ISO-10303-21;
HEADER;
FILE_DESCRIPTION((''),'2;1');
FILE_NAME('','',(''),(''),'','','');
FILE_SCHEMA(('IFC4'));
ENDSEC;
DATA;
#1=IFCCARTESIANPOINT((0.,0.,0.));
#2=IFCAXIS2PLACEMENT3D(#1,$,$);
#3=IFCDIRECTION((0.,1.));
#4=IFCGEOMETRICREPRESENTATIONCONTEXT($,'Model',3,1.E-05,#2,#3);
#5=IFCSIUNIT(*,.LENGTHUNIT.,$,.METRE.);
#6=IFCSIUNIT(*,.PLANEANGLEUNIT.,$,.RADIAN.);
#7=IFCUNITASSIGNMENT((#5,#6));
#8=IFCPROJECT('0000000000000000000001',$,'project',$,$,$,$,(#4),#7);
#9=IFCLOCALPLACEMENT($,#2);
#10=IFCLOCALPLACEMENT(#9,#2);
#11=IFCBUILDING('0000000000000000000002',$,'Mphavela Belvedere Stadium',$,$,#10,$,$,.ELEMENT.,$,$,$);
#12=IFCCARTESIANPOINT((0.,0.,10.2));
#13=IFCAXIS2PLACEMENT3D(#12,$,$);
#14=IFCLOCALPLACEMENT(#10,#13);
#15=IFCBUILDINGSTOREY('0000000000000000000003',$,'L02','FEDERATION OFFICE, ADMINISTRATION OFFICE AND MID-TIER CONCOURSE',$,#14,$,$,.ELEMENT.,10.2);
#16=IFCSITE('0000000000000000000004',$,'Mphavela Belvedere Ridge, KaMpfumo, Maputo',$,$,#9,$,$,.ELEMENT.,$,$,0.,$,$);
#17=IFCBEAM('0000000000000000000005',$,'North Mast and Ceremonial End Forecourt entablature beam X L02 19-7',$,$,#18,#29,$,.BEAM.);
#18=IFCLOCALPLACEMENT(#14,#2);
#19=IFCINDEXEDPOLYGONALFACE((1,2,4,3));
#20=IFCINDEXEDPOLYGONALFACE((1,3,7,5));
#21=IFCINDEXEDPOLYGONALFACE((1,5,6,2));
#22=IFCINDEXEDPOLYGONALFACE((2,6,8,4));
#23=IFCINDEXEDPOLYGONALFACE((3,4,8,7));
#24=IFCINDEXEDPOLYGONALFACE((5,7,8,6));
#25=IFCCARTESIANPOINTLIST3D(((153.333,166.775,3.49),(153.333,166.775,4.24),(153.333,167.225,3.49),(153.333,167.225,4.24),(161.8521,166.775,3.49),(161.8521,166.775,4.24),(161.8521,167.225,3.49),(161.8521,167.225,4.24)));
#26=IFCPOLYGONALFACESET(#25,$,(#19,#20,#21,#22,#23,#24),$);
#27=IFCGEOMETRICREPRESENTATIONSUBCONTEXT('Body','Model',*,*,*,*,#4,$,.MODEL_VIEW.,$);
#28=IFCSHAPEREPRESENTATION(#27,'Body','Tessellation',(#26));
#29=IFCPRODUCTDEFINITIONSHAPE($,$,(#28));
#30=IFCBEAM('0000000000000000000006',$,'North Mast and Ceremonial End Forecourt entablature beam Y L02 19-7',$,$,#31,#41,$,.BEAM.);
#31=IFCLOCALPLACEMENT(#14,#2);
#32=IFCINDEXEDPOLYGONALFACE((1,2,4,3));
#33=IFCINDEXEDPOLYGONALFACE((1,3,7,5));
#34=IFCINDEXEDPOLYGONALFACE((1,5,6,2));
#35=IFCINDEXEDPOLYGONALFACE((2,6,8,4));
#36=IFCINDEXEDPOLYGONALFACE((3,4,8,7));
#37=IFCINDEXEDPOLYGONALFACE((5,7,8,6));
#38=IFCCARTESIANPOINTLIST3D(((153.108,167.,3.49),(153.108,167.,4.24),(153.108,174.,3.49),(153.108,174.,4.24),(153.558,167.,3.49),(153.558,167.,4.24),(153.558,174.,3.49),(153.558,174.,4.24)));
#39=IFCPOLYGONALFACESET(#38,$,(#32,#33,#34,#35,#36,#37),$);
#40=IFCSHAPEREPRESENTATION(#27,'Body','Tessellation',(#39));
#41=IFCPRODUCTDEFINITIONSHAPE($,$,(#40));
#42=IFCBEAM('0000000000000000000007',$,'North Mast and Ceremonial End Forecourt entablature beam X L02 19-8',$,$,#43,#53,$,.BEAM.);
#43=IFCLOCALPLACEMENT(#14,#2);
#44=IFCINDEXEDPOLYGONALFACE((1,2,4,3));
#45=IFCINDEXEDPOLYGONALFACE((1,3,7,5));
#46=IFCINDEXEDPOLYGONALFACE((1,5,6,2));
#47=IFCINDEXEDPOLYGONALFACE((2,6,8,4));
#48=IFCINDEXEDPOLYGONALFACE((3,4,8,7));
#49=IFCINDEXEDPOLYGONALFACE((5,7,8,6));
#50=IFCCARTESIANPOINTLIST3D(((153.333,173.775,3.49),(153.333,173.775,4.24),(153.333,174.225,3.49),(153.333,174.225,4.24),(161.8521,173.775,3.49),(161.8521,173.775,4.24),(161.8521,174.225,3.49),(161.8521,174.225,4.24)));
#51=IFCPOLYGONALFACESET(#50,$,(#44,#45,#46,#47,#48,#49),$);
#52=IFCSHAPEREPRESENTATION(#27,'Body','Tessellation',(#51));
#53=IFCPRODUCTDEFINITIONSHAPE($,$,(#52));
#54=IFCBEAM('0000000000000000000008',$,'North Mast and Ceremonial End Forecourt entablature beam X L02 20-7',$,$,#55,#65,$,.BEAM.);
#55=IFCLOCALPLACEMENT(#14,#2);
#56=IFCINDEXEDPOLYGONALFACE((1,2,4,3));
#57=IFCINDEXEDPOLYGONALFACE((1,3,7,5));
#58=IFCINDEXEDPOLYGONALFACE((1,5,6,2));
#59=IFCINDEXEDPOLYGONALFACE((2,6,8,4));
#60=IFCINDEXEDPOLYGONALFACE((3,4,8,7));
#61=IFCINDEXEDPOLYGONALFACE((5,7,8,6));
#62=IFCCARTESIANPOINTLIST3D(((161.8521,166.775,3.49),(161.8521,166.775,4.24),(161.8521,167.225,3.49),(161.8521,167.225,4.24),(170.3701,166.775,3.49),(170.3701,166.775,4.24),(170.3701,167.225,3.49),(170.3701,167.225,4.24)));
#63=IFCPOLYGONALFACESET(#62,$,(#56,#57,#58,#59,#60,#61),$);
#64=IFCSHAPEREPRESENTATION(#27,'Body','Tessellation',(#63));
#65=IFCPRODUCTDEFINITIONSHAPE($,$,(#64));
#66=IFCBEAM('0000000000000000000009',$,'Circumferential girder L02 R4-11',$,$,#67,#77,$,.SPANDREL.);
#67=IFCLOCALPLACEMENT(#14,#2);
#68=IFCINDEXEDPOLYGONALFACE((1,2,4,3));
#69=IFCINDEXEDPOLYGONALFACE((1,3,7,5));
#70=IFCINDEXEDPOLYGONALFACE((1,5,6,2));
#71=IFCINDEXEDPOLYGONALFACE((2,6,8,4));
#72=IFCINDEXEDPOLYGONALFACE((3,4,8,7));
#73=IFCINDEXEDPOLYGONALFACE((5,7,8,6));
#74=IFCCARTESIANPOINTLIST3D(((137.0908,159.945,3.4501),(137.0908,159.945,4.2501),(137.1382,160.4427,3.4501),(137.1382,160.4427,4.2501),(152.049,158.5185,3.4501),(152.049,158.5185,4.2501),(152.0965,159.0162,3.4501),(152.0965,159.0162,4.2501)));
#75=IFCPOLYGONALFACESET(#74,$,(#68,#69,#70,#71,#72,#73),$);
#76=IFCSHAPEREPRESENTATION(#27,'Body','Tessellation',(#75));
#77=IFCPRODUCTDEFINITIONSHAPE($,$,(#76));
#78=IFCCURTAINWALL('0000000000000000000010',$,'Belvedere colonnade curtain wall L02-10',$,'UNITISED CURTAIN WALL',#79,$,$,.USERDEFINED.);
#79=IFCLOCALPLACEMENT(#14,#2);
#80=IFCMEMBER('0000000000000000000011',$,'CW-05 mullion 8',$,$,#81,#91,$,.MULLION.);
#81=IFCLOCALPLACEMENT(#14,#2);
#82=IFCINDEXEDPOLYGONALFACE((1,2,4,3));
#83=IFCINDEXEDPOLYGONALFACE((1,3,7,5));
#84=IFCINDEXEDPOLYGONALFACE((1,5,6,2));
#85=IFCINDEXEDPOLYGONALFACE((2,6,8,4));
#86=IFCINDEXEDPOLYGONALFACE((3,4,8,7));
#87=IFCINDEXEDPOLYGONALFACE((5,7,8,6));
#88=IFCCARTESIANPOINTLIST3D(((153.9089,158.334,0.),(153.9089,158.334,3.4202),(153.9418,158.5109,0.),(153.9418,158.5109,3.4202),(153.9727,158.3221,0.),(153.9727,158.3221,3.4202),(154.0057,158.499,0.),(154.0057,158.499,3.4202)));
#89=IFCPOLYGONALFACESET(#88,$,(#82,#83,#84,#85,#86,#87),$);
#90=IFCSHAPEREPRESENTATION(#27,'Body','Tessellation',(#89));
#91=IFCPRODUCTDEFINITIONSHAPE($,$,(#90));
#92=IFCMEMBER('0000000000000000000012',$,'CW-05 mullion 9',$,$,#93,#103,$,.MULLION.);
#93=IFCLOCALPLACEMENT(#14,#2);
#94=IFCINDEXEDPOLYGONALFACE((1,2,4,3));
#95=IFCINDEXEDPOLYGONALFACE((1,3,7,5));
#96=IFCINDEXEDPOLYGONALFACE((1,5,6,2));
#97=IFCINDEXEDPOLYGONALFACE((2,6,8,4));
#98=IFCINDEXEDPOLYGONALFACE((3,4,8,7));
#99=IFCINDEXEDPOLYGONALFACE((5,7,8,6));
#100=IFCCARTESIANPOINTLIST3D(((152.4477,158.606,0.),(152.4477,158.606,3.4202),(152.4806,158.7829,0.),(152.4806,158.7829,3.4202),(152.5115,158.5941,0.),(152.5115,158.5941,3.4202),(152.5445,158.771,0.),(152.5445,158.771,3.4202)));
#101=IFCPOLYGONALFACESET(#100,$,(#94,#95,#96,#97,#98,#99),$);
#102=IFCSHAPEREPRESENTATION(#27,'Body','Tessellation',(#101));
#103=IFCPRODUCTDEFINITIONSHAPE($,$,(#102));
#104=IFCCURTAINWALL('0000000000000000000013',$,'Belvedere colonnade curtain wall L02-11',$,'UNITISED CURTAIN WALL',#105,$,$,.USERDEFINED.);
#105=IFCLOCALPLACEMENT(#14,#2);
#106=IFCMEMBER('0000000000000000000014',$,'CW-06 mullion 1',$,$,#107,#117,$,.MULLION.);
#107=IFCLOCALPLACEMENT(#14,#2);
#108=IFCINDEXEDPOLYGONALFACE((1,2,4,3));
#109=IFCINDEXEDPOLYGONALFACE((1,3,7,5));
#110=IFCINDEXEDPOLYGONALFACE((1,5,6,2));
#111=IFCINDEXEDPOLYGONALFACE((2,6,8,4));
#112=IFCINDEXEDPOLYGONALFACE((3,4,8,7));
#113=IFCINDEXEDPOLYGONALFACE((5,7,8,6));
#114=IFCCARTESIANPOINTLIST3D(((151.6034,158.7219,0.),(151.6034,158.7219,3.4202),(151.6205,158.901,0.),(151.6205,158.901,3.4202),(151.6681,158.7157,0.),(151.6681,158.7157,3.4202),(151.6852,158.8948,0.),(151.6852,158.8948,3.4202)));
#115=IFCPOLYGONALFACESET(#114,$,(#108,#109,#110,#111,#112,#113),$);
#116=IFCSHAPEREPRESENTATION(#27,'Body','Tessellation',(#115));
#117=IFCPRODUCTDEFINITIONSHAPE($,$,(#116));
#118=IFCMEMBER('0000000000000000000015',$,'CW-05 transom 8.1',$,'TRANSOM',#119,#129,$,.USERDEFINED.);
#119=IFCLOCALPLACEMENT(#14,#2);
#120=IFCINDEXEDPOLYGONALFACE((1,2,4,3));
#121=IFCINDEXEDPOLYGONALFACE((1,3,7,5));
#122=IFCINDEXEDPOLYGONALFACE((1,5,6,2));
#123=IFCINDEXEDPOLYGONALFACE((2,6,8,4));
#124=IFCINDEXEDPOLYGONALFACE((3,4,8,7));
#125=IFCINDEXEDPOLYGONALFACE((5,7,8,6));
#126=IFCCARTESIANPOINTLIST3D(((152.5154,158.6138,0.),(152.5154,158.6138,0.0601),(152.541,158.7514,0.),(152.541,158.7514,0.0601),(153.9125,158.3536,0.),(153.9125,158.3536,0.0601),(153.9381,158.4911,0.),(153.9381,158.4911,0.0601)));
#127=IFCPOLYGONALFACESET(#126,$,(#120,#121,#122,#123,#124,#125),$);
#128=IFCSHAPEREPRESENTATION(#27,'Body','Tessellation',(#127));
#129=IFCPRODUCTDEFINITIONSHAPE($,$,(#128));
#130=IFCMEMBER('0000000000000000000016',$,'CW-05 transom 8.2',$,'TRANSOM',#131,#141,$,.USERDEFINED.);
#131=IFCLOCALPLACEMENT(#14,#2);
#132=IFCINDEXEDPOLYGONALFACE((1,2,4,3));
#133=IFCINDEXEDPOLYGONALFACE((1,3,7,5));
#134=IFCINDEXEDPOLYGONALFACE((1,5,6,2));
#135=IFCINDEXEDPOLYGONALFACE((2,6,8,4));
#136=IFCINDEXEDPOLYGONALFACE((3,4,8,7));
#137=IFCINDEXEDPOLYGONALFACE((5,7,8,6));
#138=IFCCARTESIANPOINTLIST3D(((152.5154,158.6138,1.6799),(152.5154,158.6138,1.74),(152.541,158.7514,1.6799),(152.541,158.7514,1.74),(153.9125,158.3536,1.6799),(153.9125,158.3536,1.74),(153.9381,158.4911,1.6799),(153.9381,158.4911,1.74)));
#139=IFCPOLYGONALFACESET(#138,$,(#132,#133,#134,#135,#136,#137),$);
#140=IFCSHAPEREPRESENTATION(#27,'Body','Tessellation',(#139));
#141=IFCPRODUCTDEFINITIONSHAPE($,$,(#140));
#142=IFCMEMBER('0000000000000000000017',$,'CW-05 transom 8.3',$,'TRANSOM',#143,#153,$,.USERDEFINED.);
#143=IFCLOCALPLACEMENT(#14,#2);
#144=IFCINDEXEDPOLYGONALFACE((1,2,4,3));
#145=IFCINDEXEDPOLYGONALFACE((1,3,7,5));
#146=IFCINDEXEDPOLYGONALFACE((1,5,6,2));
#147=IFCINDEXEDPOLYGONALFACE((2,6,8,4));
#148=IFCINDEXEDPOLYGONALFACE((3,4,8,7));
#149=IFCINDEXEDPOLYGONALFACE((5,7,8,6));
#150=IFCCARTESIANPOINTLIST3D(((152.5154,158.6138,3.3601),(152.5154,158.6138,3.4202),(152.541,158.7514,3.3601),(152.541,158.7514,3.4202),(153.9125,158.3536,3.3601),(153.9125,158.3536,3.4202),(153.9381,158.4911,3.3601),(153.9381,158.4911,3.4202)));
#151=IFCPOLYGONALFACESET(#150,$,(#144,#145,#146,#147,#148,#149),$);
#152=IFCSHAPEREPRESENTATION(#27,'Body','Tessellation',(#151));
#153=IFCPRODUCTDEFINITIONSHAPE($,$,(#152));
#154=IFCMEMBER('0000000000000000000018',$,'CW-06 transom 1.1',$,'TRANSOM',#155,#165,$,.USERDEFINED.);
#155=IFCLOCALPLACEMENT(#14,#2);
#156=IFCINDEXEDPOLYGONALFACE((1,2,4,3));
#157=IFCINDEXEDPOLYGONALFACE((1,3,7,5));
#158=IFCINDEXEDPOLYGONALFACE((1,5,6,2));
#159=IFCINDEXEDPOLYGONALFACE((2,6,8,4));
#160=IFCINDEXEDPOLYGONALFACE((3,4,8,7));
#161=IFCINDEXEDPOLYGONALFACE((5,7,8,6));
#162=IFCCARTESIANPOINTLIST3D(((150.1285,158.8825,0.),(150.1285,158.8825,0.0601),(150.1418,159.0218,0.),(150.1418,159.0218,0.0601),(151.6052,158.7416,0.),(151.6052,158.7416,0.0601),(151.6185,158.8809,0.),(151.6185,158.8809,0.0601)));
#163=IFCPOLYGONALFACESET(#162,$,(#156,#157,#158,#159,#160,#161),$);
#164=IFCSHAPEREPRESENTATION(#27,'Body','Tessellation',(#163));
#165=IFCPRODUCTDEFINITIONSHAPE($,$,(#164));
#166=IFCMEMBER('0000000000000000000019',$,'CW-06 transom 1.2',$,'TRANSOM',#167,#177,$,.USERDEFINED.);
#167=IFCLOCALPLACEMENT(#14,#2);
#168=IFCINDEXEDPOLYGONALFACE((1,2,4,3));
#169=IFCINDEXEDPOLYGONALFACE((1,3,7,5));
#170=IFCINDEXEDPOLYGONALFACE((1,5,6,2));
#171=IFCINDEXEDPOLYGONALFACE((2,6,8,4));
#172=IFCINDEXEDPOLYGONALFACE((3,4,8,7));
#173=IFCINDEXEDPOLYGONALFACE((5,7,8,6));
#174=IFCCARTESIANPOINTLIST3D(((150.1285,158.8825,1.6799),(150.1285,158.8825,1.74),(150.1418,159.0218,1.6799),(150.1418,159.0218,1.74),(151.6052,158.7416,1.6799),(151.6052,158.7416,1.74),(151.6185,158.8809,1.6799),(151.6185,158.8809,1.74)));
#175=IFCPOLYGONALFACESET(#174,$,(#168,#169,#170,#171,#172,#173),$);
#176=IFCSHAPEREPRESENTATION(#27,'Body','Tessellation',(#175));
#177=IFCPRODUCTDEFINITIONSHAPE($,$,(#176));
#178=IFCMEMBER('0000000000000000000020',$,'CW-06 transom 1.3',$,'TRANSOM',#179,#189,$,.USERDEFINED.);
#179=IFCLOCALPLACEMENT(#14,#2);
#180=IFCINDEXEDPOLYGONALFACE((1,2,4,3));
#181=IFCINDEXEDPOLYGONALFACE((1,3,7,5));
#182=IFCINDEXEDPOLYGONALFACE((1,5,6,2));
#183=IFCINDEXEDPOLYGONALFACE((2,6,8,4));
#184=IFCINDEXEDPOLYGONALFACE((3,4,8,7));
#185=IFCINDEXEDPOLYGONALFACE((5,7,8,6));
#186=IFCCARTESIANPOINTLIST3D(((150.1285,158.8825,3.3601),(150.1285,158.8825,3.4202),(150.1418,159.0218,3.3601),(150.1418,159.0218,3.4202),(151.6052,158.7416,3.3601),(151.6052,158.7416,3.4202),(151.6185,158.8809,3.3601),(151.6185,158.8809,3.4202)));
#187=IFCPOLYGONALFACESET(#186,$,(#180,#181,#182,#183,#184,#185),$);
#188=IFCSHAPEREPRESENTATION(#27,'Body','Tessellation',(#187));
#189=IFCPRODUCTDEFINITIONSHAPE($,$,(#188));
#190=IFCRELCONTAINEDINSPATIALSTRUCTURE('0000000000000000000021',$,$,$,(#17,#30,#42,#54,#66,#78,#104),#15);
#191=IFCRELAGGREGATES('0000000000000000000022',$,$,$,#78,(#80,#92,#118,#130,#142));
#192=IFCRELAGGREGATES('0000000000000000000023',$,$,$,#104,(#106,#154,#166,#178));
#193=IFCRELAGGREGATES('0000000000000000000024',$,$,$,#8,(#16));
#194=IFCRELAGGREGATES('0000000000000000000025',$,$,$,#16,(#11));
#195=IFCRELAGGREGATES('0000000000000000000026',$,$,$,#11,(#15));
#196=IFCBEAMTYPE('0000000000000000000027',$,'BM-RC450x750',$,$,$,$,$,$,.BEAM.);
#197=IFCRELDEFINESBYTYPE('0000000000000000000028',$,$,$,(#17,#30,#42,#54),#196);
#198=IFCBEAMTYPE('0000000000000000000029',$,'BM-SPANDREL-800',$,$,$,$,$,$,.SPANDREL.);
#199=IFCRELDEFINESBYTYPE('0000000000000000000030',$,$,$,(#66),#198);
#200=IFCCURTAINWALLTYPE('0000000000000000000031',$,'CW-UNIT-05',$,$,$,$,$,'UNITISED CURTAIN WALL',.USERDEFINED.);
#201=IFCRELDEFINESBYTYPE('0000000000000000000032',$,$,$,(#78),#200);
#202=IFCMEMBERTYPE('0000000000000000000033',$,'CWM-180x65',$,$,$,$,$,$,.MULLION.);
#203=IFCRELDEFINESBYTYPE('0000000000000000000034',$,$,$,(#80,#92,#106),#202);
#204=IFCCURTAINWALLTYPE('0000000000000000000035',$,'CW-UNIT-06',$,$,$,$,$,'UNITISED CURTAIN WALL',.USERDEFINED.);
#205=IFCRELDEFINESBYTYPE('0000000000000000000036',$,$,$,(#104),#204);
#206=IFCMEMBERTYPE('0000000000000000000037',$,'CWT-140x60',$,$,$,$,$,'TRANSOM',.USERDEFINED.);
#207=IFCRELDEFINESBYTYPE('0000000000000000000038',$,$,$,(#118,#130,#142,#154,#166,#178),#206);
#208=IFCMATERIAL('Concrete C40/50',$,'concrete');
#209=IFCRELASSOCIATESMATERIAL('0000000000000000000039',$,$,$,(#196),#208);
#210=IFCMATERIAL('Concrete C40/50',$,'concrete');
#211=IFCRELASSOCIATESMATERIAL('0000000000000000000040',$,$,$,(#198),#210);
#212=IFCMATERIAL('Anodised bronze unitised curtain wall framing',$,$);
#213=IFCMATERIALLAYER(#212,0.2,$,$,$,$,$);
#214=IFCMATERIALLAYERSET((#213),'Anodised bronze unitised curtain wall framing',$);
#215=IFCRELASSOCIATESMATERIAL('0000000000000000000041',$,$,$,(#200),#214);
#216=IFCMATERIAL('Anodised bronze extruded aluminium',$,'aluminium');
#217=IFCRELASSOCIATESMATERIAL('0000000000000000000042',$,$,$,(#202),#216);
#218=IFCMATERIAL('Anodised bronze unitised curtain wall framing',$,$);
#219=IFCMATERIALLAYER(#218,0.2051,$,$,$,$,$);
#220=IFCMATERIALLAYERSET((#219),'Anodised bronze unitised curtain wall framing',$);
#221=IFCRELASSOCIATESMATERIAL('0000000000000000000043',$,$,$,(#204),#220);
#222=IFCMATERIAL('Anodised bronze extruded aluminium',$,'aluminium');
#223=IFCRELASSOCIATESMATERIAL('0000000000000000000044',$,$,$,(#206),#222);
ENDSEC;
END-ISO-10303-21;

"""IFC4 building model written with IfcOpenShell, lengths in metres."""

from ifc_helpers import new_model, si_unit, direction, frame, origin, origin_2d, place, context, subcontext, project, spatial, rectangle, extrude, material, layer, layer_set, material_profile, profile_set, type_object, element, aggregate, save


model = new_model("IFC4")

# Units and contexts
model_context = context("Model", 3, precision=1e-05, world=origin(), true_north=direction((0.0, 1.0)))
body_context = subcontext(model_context, "Body", "Model", "MODEL_VIEW")
ifc_project = project(units=[si_unit("LENGTHUNIT", "METRE"), si_unit("PLANEANGLEUNIT", "RADIAN")], contexts=[model_context])

# Site, building, storey
site_placement = place(None, origin())
site = spatial("IfcSite", under=ifc_project, at=site_placement, Name="Mphavela Belvedere Ridge, KaMpfumo, Maputo", CompositionType="ELEMENT", RefElevation=0.0)
building_placement = place(site_placement, origin())
building = spatial("IfcBuilding", under=site, at=building_placement, Name="Mphavela Belvedere Stadium", CompositionType="ELEMENT")
storey_placement = place(building_placement, frame((0.0, 0.0, 10.2)))
storey = spatial("IfcBuildingStorey", under=building, at=storey_placement, Name="L02", Description="FEDERATION OFFICE, ADMINISTRATION OFFICE AND MID-TIER CONCOURSE", CompositionType="ELEMENT", Elevation=10.2)

# Beams
ifc_material_1 = material(Name="Concrete C40/50", Category="concrete")
ifc_material_profile_1 = material_profile(ifc_material_1, rectangle(XDim=0.45, YDim=0.75, at=origin_2d()), Name="RC 450x750")
ifc_profile_set_1 = profile_set([ifc_material_profile_1], Name="Concrete C40/50")
beam_type_1 = type_object("IfcBeamType", Name="BM-RC450x750", PredefinedType="BEAM", material=ifc_profile_set_1)
beam_1_placement = place(storey_placement, frame((153.333, 167.0, 3.865), z_axis=(1.0, 0.0, 0.0), x_axis=(0.0, 1.0, 0.0)))
element("IfcBeam", 1, at=beam_1_placement, inside=storey, type_object=beam_type_1, Name="North Mast and Ceremonial End Forecourt entablature beam X L02 19-7", PredefinedType="BEAM", context=body_context, shape_type="SweptSolid", body=[
    extrude(rectangle(XDim=0.45, YDim=0.75, at=origin_2d()), origin(), (0.0, 0.0, 1.0), 8.519),
])
beam_2_placement = place(storey_placement, frame((153.333, 167.0, 3.865), z_axis=(0.0, 1.0, 0.0), x_axis=(-1.0, 0.0, 0.0)))
element("IfcBeam", 2, at=beam_2_placement, inside=storey, type_object=beam_type_1, Name="North Mast and Ceremonial End Forecourt entablature beam Y L02 19-7", PredefinedType="BEAM", context=body_context, shape_type="SweptSolid", body=[
    extrude(rectangle(XDim=0.45, YDim=0.75, at=origin_2d()), origin(), (0.0, 0.0, 1.0), 7.0),
])
beam_3_placement = place(storey_placement, frame((153.333, 174.0, 3.865), z_axis=(1.0, 0.0, 0.0), x_axis=(0.0, 1.0, 0.0)))
element("IfcBeam", 3, at=beam_3_placement, inside=storey, type_object=beam_type_1, Name="North Mast and Ceremonial End Forecourt entablature beam X L02 19-8", PredefinedType="BEAM", context=body_context, shape_type="SweptSolid", body=[
    extrude(rectangle(XDim=0.45, YDim=0.75, at=origin_2d()), origin(), (0.0, 0.0, 1.0), 8.519),
])
beam_4_placement = place(storey_placement, frame((161.8521, 167.0, 3.865), z_axis=(1.0, 0.0, 0.0), x_axis=(0.0, 1.0, 0.0)))
element("IfcBeam", 4, at=beam_4_placement, inside=storey, type_object=beam_type_1, Name="North Mast and Ceremonial End Forecourt entablature beam X L02 20-7", PredefinedType="BEAM", context=body_context, shape_type="SweptSolid", body=[
    extrude(rectangle(XDim=0.45, YDim=0.75, at=origin_2d()), origin(), (0.0, 0.0, 1.0), 8.5181),
])
ifc_material_2 = material(Name="Concrete C40/50", Category="concrete")
ifc_material_profile_2 = material_profile(ifc_material_2, rectangle(XDim=0.5, YDim=0.8, at=origin_2d()), Name="RC 500x800")
ifc_profile_set_2 = profile_set([ifc_material_profile_2], Name="Concrete C40/50")
beam_type_2 = type_object("IfcBeamType", Name="BM-SPANDREL-800", PredefinedType="SPANDREL", material=ifc_profile_set_2)
beam_5_placement = place(storey_placement, frame((152.0728, 158.7673, 3.8501), z_axis=(-0.995483, 0.094936, 0.0), x_axis=(-0.094936, -0.995483, 0.0)))
element("IfcBeam", 5, at=beam_5_placement, inside=storey, type_object=beam_type_2, Name="Circumferential girder L02 R4-11", PredefinedType="SPANDREL", context=body_context, shape_type="SweptSolid", body=[
    extrude(rectangle(XDim=0.5, YDim=0.8, at=origin_2d()), origin(), (0.0, 0.0, 1.0), 15.0261),
])

# Curtain wall, members
ifc_material_3 = material(Name="Anodised bronze unitised curtain wall framing")
ifc_layer_1 = layer(ifc_material_3, 0.2)
ifc_layer_set_1 = layer_set([ifc_layer_1], Name="Anodised bronze unitised curtain wall framing")
curtain_wall_type_1 = type_object("IfcCurtainWallType", Name="CW-UNIT-05", ElementType="UNITISED CURTAIN WALL", PredefinedType="USERDEFINED", material=ifc_layer_set_1)
curtain_wall_1_placement = place(storey_placement, origin())
curtain_wall_1 = element("IfcCurtainWall", 6, at=curtain_wall_1_placement, inside=storey, type_object=curtain_wall_type_1, Name="Belvedere colonnade curtain wall L02-10", ObjectType="UNITISED CURTAIN WALL", PredefinedType="USERDEFINED")
ifc_material_4 = material(Name="Anodised bronze extruded aluminium", Category="aluminium")
ifc_material_profile_3 = material_profile(ifc_material_4, rectangle(XDim=0.1799, YDim=0.0649, at=origin_2d()), Name="CW-MUL 180x65")
ifc_profile_set_3 = profile_set([ifc_material_profile_3], Name="Anodised bronze extruded aluminium")
member_type_1 = type_object("IfcMemberType", Name="CWM-180x65", PredefinedType="MULLION", material=ifc_profile_set_3)
member_1_placement = place(storey_placement, frame((153.9573, 158.4165, 0.0), z_axis=(0.0, 0.0, 1.0), x_axis=(-0.183085, -0.983097, 0.0)))
member_1 = element("IfcMember", 7, at=member_1_placement, type_object=member_type_1, Name="CW-05 mullion 8", PredefinedType="MULLION", context=body_context, shape_type="SweptSolid", body=[
    extrude(rectangle(XDim=0.1799, YDim=0.0649, at=origin_2d()), origin(), (0.0, 0.0, 1.0), 3.4202),
])
member_2_placement = place(storey_placement, frame((152.4961, 158.6885, 0.0), z_axis=(0.0, 0.0, 1.0), x_axis=(-0.183085, -0.983097, 0.0)))
member_2 = element("IfcMember", 8, at=member_2_placement, type_object=member_type_1, Name="CW-05 mullion 9", PredefinedType="MULLION", context=body_context, shape_type="SweptSolid", body=[
    extrude(rectangle(XDim=0.1799, YDim=0.0649, at=origin_2d()), origin(), (0.0, 0.0, 1.0), 3.4202),
])

# Curtain wall, member
ifc_material_5 = material(Name="Anodised bronze unitised curtain wall framing")
ifc_layer_2 = layer(ifc_material_5, 0.2051)
ifc_layer_set_2 = layer_set([ifc_layer_2], Name="Anodised bronze unitised curtain wall framing")
curtain_wall_type_2 = type_object("IfcCurtainWallType", Name="CW-UNIT-06", ElementType="UNITISED CURTAIN WALL", PredefinedType="USERDEFINED", material=ifc_layer_set_2)
curtain_wall_2_placement = place(storey_placement, origin())
curtain_wall_2 = element("IfcCurtainWall", 9, at=curtain_wall_2_placement, inside=storey, type_object=curtain_wall_type_2, Name="Belvedere colonnade curtain wall L02-11", ObjectType="UNITISED CURTAIN WALL", PredefinedType="USERDEFINED")
member_3_placement = place(storey_placement, frame((151.6443, 158.8083, 0.0), z_axis=(0.0, 0.0, 1.0), x_axis=(-0.094926, -0.995484, 0.0)))
member_3 = element("IfcMember", 10, at=member_3_placement, type_object=member_type_1, Name="CW-06 mullion 1", PredefinedType="MULLION", context=body_context, shape_type="SweptSolid", body=[
    extrude(rectangle(XDim=0.1799, YDim=0.0649, at=origin_2d()), origin(), (0.0, 0.0, 1.0), 3.4202),
])

# Members
ifc_material_6 = material(Name="Anodised bronze extruded aluminium", Category="aluminium")
ifc_material_profile_4 = material_profile(ifc_material_6, rectangle(XDim=0.1399, YDim=0.0601, at=origin_2d()), Name="CW-TRN 140x60")
ifc_profile_set_4 = profile_set([ifc_material_profile_4], Name="Anodised bronze extruded aluminium")
member_type_2 = type_object("IfcMemberType", Name="CWT-140x60", ElementType="TRANSOM", PredefinedType="USERDEFINED", material=ifc_profile_set_4)
member_4_placement = place(storey_placement, frame((153.9253, 158.4224, 0.03), z_axis=(-0.983091, 0.183116, 0.0), x_axis=(-0.183116, -0.983091, 0.0)))
member_4 = element("IfcMember", 11, at=member_4_placement, type_object=member_type_2, Name="CW-05 transom 8.1", ObjectType="TRANSOM", PredefinedType="USERDEFINED", context=body_context, shape_type="SweptSolid", body=[
    extrude(rectangle(XDim=0.1399, YDim=0.0601, at=origin_2d()), origin(), (0.0, 0.0, 1.0), 1.4211),
])
member_5_placement = place(storey_placement, frame((153.9253, 158.4224, 1.71), z_axis=(-0.983091, 0.183116, 0.0), x_axis=(-0.183116, -0.983091, 0.0)))
member_5 = element("IfcMember", 12, at=member_5_placement, type_object=member_type_2, Name="CW-05 transom 8.2", ObjectType="TRANSOM", PredefinedType="USERDEFINED", context=body_context, shape_type="SweptSolid", body=[
    extrude(rectangle(XDim=0.1399, YDim=0.0601, at=origin_2d()), origin(), (0.0, 0.0, 1.0), 1.4211),
])
member_6_placement = place(storey_placement, frame((153.9253, 158.4224, 3.3901), z_axis=(-0.983091, 0.183116, 0.0), x_axis=(-0.183116, -0.983091, 0.0)))
member_6 = element("IfcMember", 13, at=member_6_placement, type_object=member_type_2, Name="CW-05 transom 8.3", ObjectType="TRANSOM", PredefinedType="USERDEFINED", context=body_context, shape_type="SweptSolid", body=[
    extrude(rectangle(XDim=0.1399, YDim=0.0601, at=origin_2d()), origin(), (0.0, 0.0, 1.0), 1.4211),
])
member_7_placement = place(storey_placement, frame((151.6118, 158.8113, 0.03), z_axis=(-0.995481, 0.094957, 0.0), x_axis=(-0.094957, -0.995481, 0.0)))
member_7 = element("IfcMember", 14, at=member_7_placement, type_object=member_type_2, Name="CW-06 transom 1.1", ObjectType="TRANSOM", PredefinedType="USERDEFINED", context=body_context, shape_type="SweptSolid", body=[
    extrude(rectangle(XDim=0.1399, YDim=0.0601, at=origin_2d()), origin(), (0.0, 0.0, 1.0), 1.4834),
])
member_8_placement = place(storey_placement, frame((151.6118, 158.8113, 1.71), z_axis=(-0.995481, 0.094957, 0.0), x_axis=(-0.094957, -0.995481, 0.0)))
member_8 = element("IfcMember", 15, at=member_8_placement, type_object=member_type_2, Name="CW-06 transom 1.2", ObjectType="TRANSOM", PredefinedType="USERDEFINED", context=body_context, shape_type="SweptSolid", body=[
    extrude(rectangle(XDim=0.1399, YDim=0.0601, at=origin_2d()), origin(), (0.0, 0.0, 1.0), 1.4834),
])
member_9_placement = place(storey_placement, frame((151.6118, 158.8113, 3.3901), z_axis=(-0.995481, 0.094957, 0.0), x_axis=(-0.094957, -0.995481, 0.0)))
member_9 = element("IfcMember", 16, at=member_9_placement, type_object=member_type_2, Name="CW-06 transom 1.3", ObjectType="TRANSOM", PredefinedType="USERDEFINED", context=body_context, shape_type="SweptSolid", body=[
    extrude(rectangle(XDim=0.1399, YDim=0.0601, at=origin_2d()), origin(), (0.0, 0.0, 1.0), 1.4834),
])

aggregate(curtain_wall_1, [member_1, member_2, member_4, member_5, member_6])
aggregate(curtain_wall_2, [member_3, member_7, member_8, member_9])

save(model, "model.ifc")
